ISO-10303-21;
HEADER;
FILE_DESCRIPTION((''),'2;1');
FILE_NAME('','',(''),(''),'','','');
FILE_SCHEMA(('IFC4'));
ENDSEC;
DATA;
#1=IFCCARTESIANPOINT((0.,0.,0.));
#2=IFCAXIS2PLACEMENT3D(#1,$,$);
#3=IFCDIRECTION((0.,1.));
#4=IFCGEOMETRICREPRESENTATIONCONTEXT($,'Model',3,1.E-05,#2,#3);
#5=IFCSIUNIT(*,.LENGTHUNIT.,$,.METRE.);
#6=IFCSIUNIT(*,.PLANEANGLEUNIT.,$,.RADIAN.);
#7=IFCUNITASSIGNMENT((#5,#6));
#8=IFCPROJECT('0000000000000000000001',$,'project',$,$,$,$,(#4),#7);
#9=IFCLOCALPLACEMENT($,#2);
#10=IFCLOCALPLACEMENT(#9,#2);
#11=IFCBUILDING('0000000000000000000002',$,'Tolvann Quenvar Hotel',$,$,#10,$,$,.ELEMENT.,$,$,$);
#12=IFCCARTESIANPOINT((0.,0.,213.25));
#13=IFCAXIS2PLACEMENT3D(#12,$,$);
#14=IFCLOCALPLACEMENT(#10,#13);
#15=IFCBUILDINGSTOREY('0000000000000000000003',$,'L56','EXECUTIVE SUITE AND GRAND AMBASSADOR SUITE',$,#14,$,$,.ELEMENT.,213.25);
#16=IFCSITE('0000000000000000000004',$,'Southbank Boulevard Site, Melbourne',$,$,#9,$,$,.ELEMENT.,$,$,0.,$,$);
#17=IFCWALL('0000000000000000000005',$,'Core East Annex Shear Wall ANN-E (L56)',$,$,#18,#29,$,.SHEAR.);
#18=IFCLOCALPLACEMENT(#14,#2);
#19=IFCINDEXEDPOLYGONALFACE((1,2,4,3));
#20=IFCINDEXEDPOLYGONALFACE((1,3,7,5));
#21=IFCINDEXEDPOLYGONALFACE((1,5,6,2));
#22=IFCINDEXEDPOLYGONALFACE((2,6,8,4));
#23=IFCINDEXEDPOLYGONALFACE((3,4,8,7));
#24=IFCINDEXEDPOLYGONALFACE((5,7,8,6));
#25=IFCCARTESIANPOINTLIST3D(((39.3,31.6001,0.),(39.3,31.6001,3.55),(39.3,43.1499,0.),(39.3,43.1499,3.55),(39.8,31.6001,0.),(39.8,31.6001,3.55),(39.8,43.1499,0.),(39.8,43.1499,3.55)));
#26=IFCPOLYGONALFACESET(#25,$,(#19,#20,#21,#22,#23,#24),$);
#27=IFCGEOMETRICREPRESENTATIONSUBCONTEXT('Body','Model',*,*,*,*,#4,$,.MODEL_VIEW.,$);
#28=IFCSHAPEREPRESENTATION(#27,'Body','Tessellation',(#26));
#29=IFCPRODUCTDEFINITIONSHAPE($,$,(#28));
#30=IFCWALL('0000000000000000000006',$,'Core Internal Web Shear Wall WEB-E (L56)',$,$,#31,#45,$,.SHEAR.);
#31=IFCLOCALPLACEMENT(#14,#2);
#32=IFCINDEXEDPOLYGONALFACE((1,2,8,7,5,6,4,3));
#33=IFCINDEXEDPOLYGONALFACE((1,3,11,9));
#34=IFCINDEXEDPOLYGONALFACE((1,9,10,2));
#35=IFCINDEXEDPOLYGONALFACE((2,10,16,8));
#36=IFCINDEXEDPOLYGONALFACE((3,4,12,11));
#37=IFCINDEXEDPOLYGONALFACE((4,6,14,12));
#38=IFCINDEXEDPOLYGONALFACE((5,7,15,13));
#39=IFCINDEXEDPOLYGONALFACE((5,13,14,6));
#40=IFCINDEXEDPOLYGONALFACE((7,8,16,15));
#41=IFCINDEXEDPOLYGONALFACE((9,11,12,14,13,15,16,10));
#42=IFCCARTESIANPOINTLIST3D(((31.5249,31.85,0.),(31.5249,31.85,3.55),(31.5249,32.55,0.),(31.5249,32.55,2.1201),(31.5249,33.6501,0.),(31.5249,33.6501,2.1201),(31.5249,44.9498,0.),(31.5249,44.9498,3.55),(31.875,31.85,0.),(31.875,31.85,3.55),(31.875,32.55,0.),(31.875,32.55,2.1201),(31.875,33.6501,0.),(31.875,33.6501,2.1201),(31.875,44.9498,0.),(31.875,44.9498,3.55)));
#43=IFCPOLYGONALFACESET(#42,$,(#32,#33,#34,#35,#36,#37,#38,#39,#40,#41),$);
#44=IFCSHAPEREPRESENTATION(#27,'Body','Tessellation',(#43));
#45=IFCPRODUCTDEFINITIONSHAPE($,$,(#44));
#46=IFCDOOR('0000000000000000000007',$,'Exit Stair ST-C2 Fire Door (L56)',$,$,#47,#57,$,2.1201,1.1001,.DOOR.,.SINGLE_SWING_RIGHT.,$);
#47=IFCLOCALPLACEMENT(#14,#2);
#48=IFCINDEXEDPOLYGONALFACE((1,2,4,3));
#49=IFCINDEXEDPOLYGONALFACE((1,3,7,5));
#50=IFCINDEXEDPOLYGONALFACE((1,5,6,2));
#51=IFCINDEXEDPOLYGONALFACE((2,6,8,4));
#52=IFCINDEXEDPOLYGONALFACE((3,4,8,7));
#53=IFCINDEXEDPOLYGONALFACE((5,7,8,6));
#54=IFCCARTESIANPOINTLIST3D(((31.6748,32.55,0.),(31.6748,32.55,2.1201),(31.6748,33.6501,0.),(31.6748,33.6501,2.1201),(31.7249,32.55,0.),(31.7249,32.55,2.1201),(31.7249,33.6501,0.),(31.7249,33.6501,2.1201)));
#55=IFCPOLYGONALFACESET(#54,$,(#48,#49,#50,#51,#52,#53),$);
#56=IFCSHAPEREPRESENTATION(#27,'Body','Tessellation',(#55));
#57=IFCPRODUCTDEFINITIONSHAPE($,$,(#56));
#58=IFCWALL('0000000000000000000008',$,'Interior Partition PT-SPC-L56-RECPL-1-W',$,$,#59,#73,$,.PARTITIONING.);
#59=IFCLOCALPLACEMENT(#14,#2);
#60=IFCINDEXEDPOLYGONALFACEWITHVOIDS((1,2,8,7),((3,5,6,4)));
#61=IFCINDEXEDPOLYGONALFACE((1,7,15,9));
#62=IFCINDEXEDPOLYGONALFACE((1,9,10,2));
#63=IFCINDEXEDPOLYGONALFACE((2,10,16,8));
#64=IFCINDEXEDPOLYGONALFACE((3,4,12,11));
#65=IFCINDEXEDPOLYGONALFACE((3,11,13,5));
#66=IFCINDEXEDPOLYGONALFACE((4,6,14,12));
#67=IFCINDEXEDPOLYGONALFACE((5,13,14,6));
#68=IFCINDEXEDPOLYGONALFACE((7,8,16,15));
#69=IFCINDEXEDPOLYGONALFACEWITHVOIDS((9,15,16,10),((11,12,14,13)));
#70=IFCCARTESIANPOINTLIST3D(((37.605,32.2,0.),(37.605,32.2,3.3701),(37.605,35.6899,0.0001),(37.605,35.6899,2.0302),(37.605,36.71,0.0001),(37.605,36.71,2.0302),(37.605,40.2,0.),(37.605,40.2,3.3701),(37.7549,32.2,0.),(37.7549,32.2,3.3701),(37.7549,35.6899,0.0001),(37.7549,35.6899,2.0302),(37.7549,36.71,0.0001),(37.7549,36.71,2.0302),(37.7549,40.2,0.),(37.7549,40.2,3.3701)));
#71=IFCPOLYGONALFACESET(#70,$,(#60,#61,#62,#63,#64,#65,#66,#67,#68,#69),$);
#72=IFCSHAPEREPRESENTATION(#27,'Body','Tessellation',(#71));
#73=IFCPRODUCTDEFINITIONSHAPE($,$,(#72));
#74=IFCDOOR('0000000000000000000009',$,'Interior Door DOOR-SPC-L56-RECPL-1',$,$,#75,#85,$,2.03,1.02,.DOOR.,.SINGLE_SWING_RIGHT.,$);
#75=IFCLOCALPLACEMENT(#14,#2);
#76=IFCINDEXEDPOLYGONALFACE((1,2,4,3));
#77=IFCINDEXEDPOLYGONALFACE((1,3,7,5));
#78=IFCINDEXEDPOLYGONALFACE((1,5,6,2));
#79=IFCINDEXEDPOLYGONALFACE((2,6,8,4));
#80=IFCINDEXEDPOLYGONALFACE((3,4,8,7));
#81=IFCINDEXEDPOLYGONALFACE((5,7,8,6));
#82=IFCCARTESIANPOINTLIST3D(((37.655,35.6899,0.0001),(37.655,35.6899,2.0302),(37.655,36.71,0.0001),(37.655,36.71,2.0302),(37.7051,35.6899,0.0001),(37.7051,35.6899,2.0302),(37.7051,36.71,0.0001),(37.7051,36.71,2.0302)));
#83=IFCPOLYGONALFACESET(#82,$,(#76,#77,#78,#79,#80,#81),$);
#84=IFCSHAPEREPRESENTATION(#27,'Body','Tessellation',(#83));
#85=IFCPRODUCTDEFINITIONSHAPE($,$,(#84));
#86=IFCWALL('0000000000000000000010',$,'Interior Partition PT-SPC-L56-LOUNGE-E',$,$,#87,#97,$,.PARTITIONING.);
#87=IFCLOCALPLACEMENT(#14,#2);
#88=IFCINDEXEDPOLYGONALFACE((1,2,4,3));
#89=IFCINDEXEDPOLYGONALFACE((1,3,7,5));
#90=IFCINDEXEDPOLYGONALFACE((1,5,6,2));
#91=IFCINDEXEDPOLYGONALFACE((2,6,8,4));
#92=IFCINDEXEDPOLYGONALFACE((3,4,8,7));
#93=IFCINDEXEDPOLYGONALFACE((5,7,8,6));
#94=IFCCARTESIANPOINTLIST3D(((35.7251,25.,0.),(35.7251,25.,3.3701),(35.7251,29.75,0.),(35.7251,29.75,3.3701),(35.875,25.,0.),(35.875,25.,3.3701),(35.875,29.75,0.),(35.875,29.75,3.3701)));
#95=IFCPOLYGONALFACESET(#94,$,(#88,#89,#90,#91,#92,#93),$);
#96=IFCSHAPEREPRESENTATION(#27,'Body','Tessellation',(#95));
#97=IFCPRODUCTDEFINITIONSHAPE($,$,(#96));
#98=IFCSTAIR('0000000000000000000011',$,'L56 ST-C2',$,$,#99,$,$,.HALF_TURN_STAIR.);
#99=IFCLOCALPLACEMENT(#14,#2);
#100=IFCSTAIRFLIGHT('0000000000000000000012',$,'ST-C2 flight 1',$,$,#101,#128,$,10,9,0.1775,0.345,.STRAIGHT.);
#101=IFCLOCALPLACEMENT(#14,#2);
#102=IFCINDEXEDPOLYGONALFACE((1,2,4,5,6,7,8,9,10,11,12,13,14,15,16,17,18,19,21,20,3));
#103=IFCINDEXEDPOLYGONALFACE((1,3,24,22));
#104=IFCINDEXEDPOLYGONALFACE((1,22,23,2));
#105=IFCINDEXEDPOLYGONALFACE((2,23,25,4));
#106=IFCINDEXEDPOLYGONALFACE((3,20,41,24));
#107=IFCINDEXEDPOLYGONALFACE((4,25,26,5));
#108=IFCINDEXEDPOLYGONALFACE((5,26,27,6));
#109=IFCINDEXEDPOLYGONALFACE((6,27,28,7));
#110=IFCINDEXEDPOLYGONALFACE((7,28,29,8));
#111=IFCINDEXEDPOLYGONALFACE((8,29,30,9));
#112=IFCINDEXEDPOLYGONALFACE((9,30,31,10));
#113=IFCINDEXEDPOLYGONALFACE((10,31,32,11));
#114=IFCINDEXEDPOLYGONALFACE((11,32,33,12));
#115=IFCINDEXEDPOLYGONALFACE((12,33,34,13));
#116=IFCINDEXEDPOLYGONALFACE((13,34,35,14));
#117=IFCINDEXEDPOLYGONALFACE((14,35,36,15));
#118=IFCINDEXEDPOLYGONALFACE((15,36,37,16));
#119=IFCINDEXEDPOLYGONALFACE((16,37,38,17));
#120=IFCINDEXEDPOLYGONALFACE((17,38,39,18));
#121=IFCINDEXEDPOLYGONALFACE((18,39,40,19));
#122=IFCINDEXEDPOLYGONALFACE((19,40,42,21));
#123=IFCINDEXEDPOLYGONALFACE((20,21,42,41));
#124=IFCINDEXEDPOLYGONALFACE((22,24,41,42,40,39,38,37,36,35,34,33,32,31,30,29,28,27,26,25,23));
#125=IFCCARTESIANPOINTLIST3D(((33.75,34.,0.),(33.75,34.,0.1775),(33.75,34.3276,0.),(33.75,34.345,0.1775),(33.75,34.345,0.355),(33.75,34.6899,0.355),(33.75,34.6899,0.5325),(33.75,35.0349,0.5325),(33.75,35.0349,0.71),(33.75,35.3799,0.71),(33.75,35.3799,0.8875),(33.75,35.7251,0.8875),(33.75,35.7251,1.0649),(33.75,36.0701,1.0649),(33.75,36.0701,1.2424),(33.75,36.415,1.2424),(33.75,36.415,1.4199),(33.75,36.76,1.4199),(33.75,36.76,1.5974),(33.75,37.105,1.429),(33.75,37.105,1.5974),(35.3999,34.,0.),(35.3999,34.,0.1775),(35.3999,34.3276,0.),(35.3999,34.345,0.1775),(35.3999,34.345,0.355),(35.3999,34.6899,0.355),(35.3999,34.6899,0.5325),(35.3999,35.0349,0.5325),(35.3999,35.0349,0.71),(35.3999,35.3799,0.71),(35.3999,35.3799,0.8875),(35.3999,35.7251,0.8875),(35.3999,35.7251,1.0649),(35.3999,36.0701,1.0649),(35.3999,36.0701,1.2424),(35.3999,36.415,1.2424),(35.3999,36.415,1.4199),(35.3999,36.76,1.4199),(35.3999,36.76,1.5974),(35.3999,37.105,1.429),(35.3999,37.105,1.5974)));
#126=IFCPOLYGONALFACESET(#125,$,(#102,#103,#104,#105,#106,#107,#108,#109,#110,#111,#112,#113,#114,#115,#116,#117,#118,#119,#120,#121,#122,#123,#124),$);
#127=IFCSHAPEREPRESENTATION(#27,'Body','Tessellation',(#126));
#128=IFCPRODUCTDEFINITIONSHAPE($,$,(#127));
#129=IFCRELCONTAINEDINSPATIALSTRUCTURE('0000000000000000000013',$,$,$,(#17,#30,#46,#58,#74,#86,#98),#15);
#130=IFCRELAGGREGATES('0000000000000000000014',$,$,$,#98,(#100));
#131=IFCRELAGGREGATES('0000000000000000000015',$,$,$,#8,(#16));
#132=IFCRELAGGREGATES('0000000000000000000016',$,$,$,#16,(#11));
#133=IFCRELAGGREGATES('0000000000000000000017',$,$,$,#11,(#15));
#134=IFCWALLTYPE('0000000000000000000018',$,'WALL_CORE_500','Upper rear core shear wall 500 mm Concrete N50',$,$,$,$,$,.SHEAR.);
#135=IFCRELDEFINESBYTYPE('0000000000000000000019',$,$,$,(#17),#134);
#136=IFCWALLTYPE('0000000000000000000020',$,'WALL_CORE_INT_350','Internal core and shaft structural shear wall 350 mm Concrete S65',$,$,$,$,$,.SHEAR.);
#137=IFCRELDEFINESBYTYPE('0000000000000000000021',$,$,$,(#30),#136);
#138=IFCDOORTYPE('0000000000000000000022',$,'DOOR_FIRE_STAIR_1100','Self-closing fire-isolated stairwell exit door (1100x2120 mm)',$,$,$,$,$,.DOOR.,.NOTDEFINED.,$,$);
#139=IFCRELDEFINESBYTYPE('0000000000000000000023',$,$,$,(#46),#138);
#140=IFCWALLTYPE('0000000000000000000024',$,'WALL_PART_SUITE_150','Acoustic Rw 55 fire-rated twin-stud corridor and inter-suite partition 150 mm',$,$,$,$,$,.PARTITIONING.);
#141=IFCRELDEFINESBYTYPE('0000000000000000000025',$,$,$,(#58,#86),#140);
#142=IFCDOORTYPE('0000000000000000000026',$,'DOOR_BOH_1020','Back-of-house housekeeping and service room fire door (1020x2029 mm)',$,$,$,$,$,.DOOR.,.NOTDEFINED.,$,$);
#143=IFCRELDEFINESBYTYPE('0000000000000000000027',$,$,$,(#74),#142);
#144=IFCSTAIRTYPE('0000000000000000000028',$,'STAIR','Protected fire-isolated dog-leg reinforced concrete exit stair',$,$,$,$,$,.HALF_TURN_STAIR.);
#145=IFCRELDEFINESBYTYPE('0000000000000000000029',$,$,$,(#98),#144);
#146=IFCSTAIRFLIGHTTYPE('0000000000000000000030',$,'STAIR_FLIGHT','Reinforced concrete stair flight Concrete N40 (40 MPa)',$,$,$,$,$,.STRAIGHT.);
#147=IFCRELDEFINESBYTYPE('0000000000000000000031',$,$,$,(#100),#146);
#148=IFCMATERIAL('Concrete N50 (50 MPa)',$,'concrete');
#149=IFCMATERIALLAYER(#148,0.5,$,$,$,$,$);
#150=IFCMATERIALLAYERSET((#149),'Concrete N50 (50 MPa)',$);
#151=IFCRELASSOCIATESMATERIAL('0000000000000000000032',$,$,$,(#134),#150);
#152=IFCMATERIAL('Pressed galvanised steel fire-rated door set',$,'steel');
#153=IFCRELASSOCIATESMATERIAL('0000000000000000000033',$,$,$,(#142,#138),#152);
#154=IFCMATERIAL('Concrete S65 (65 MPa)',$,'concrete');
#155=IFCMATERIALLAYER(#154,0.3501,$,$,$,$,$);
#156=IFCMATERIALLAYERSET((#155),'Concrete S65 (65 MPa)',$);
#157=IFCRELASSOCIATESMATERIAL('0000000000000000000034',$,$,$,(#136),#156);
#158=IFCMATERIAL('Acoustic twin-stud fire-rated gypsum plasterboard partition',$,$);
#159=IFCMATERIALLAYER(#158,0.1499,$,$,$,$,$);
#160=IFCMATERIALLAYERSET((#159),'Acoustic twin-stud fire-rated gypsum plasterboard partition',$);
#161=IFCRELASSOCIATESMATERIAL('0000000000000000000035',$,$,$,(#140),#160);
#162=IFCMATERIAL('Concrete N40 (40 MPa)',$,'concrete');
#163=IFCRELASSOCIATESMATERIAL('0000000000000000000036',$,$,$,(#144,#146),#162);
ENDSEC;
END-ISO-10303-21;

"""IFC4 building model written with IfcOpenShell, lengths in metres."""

from ifc_helpers import new_model, si_unit, direction, frame, frame_2d, origin, place, context, subcontext, project, spatial, polyline, rectangle, outline, extrude, source, transform, mapped, material, layer, layer_set, type_object, type_shapes, element, fill, aggregate, save


model = new_model("IFC4")

# Units and contexts
model_context = context("Model", 3, precision=1e-05, world=origin(), true_north=direction((0.0, 1.0)))
body_context = subcontext(model_context, "Body", "Model", "MODEL_VIEW")
ifc_project = project(units=[si_unit("LENGTHUNIT", "METRE"), si_unit("PLANEANGLEUNIT", "RADIAN")], contexts=[model_context])

# Site, building, storey
site_placement = place(None, origin())
site = spatial("IfcSite", under=ifc_project, at=site_placement, Name="Southbank Boulevard Site, Melbourne", CompositionType="ELEMENT", RefElevation=0.0)
building_placement = place(site_placement, origin())
building = spatial("IfcBuilding", under=site, at=building_placement, Name="Tolvann Quenvar Hotel", CompositionType="ELEMENT")
storey_placement = place(building_placement, frame((0.0, 0.0, 213.25)))
storey = spatial("IfcBuildingStorey", under=building, at=storey_placement, Name="L56", Description="EXECUTIVE SUITE AND GRAND AMBASSADOR SUITE", CompositionType="ELEMENT", Elevation=213.25)

# Shared definitions
ifc_material_1 = material(Name="Concrete N50 (50 MPa)", Category="concrete")

# Shared definitions
ifc_layer_1 = layer(ifc_material_1, 0.5)
ifc_layer_set_1 = layer_set([ifc_layer_1], Name="Concrete N50 (50 MPa)")
wall_type_1 = type_object("IfcWallType", Name="WALL_CORE_500", Description="Upper rear core shear wall 500 mm Concrete N50", PredefinedType="SHEAR", material=ifc_layer_set_1)

# Shared definitions
ifc_material_2 = material(Name="Pressed galvanised steel fire-rated door set", Category="steel")
door_type_1 = type_object("IfcDoorType", Name="DOOR_BOH_1020", Description="Back-of-house housekeeping and service room fire door (1020x2029 mm)", OperationType="NOTDEFINED", PredefinedType="DOOR", material=ifc_material_2)
shared_shape_1 = source(origin(), body_context, "Body", "SweptSolid", [
    extrude(rectangle(XDim=1.02, YDim=2.03, at=frame_2d((0.51, 1.0151))), frame((0.0, 0.0249, 0.0), z_axis=(0.0, -1.0, 0.0), x_axis=(1.0, 0.0, 0.0)), (0.0, 0.0, 1.0), 0.05),
])
type_shapes(door_type_1, [shared_shape_1])

# Wall
wall_1_placement = place(storey_placement, frame((39.55, 31.6001, 0.0), z_axis=(0.0, 0.0, 1.0), x_axis=(0.0, 1.0, 0.0)))
element("IfcWall", 1, at=wall_1_placement, inside=storey, type_object=wall_type_1, Name="Core East Annex Shear Wall ANN-E (L56)", PredefinedType="SHEAR", context=body_context, shape_type="SweptSolid", body=[
    extrude(rectangle(XDim=11.5498, YDim=0.5, at=frame_2d((5.7749, 0.0))), origin(), (0.0, 0.0, 1.0), 3.55),
])

# Walls, openings, doors
ifc_material_3 = material(Name="Concrete S65 (65 MPa)", Category="concrete")
ifc_layer_2 = layer(ifc_material_3, 0.3501)
ifc_layer_set_2 = layer_set([ifc_layer_2], Name="Concrete S65 (65 MPa)")
wall_type_2 = type_object("IfcWallType", Name="WALL_CORE_INT_350", Description="Internal core and shaft structural shear wall 350 mm Concrete S65", PredefinedType="SHEAR", material=ifc_layer_set_2)
wall_2_placement = place(storey_placement, frame((31.7, 31.8501, 0.0), z_axis=(0.0, 0.0, 1.0), x_axis=(0.0, 1.0, 0.0)))
wall_2 = element("IfcWall", 2, at=wall_2_placement, inside=storey, type_object=wall_type_2, Name="Core Internal Web Shear Wall WEB-E (L56)", PredefinedType="SHEAR", context=body_context, shape_type="SweptSolid", body=[
    extrude(rectangle(XDim=13.0999, YDim=0.3501, at=frame_2d((6.5498, 0.0))), origin(), (0.0, 0.0, 1.0), 3.55),
])
opening_1_placement = place(wall_2_placement, frame((1.8, 0.0, 0.0), z_axis=(0.0, 0.0, 1.0), x_axis=(-1.0, 0.0, 0.0)))
opening_1 = element("IfcOpeningElement", 3, at=opening_1_placement, cuts=wall_2, PredefinedType="OPENING", context=body_context, shape_type="SweptSolid", body=[
    extrude(rectangle(XDim=1.1001, YDim=2.1201, at=frame_2d((0.55, 1.0601))), frame((0.0, 0.1851, 0.0), z_axis=(0.0, -1.0, 0.0), x_axis=(1.0, 0.0, 0.0)), (0.0, 0.0, 1.0), 0.3701),
])
door_type_2 = type_object("IfcDoorType", Name="DOOR_FIRE_STAIR_1100", Description="Self-closing fire-isolated stairwell exit door (1100x2120 mm)", OperationType="NOTDEFINED", PredefinedType="DOOR", material=ifc_material_2)
shared_shape_2 = source(origin(), body_context, "Body", "SweptSolid", [
    extrude(rectangle(XDim=1.1001, YDim=2.1201, at=frame_2d((0.55, 1.0601))), frame((0.0, 0.0249, 0.0), z_axis=(0.0, -1.0, 0.0), x_axis=(1.0, 0.0, 0.0)), (0.0, 0.0, 1.0), 0.05),
])
type_shapes(door_type_2, [shared_shape_2])
door_1_placement = place(opening_1_placement, origin())
door_1 = element("IfcDoor", 4, at=door_1_placement, inside=storey, type_object=door_type_2, Name="Exit Stair ST-C2 Fire Door (L56)", OperationType="SINGLE_SWING_RIGHT", OverallHeight=2.1201, OverallWidth=1.1001, PredefinedType="DOOR", context=body_context, shape_type="MappedRepresentation", body=[
    mapped(shared_shape_2, transform((0.0, 0.0, 0.0), x_axis=(1.0, 0.0, 0.0), y_axis=(0.0, 1.0, 0.0), z_axis=(0.0, 0.0, 1.0), scale=1.0)),
])
fill(opening_1, door_1)
ifc_material_4 = material(Name="Acoustic twin-stud fire-rated gypsum plasterboard partition")
ifc_layer_3 = layer(ifc_material_4, 0.1499)
ifc_layer_set_3 = layer_set([ifc_layer_3], Name="Acoustic twin-stud fire-rated gypsum plasterboard partition")
wall_type_3 = type_object("IfcWallType", Name="WALL_PART_SUITE_150", Description="Acoustic Rw 55 fire-rated twin-stud corridor and inter-suite partition 150 mm", PredefinedType="PARTITIONING", material=ifc_layer_set_3)
wall_3_placement = place(storey_placement, frame((37.6799, 32.2, 0.0), z_axis=(0.0, 0.0, 1.0), x_axis=(0.0, 1.0, 0.0)))
wall_3 = element("IfcWall", 5, at=wall_3_placement, inside=storey, type_object=wall_type_3, Name="Interior Partition PT-SPC-L56-RECPL-1-W", PredefinedType="PARTITIONING", context=body_context, shape_type="SweptSolid", body=[
    extrude(rectangle(XDim=8.0, YDim=0.1499, at=frame_2d((4.0, 0.0))), origin(), (0.0, 0.0, 1.0), 3.3701),
])
opening_2_placement = place(wall_3_placement, frame((3.49, 0.0, 0.0)))
opening_2 = element("IfcOpeningElement", 6, at=opening_2_placement, cuts=wall_3, PredefinedType="OPENING", context=body_context, shape_type="SweptSolid", body=[
    extrude(rectangle(XDim=1.02, YDim=2.03, at=frame_2d((0.51, 1.0151))), frame((0.0, 0.085, 0.0), z_axis=(0.0, -1.0, 0.0), x_axis=(1.0, 0.0, 0.0)), (0.0, 0.0, 1.0), 0.1699),
])
door_2_placement = place(opening_2_placement, origin())
door_2 = element("IfcDoor", 7, at=door_2_placement, inside=storey, type_object=door_type_1, Name="Interior Door DOOR-SPC-L56-RECPL-1", OperationType="SINGLE_SWING_RIGHT", OverallHeight=2.03, OverallWidth=1.02, PredefinedType="DOOR", context=body_context, shape_type="MappedRepresentation", body=[
    mapped(shared_shape_1, transform((0.0, 0.0, 0.0), x_axis=(1.0, 0.0, 0.0), y_axis=(0.0, 1.0, 0.0), z_axis=(0.0, 0.0, 1.0), scale=1.0)),
])
fill(opening_2, door_2)

# Wall
wall_4_placement = place(storey_placement, frame((35.8, 25.0, 0.0), z_axis=(0.0, 0.0, 1.0), x_axis=(0.0, 1.0, 0.0)))
element("IfcWall", 8, at=wall_4_placement, inside=storey, type_object=wall_type_3, Name="Interior Partition PT-SPC-L56-LOUNGE-E", PredefinedType="PARTITIONING", context=body_context, shape_type="SweptSolid", body=[
    extrude(rectangle(XDim=4.75, YDim=0.1499, at=frame_2d((2.375, 0.0))), origin(), (0.0, 0.0, 1.0), 3.3701),
])

# Stair, stair flight
ifc_material_5 = material(Name="Concrete N40 (40 MPa)", Category="concrete")
stair_type = type_object("IfcStairType", Name="STAIR", Description="Protected fire-isolated dog-leg reinforced concrete exit stair", PredefinedType="HALF_TURN_STAIR", material=ifc_material_5)
stair_placement = place(storey_placement, origin())
stair = element("IfcStair", 9, at=stair_placement, inside=storey, type_object=stair_type, Name="L56 ST-C2", PredefinedType="HALF_TURN_STAIR")
stair_flight_type = type_object("IfcStairFlightType", Name="STAIR_FLIGHT", Description="Reinforced concrete stair flight Concrete N40 (40 MPa)", PredefinedType="STRAIGHT", material=ifc_material_5)
stair_flight_placement = place(storey_placement, frame((34.575, 34.0, 0.0), z_axis=(0.0, 0.0, 1.0), x_axis=(0.0, 1.0, 0.0)))
stair_flight = element("IfcStairFlight", 10, at=stair_flight_placement, type_object=stair_flight_type, Name="ST-C2 flight 1", NumberOfRisers=10, NumberOfTreads=9, PredefinedType="STRAIGHT", RiserHeight=0.1775, TreadLength=0.345, context=body_context, shape_type="SweptSolid", body=[
    extrude(outline(polyline([(0.0, 0.0), (0.0, 0.1775), (0.345, 0.1775), (0.345, 0.355), (0.6899, 0.355), (0.6899, 0.5325), (1.0349, 0.5325), (1.0349, 0.71), (1.3799, 0.71), (1.3799, 0.8875), (1.7251, 0.8875), (1.7251, 1.0649), (2.0701, 1.0649), (2.0701, 1.2424), (2.415, 1.2424), (2.415, 1.4199), (2.76, 1.4199), (2.76, 1.5974), (3.105, 1.5974), (3.105, 1.7749), (3.105, 1.429), (0.3276, 0.0), (0.0, 0.0)])), frame((0.0, 0.825, 0.0), z_axis=(0.0, -1.0, 0.0), x_axis=(1.0, 0.0, 0.0)), (0.0, 0.0, 1.0), 1.6499),
])
aggregate(stair, [stair_flight])

save(model, "model.ifc")
